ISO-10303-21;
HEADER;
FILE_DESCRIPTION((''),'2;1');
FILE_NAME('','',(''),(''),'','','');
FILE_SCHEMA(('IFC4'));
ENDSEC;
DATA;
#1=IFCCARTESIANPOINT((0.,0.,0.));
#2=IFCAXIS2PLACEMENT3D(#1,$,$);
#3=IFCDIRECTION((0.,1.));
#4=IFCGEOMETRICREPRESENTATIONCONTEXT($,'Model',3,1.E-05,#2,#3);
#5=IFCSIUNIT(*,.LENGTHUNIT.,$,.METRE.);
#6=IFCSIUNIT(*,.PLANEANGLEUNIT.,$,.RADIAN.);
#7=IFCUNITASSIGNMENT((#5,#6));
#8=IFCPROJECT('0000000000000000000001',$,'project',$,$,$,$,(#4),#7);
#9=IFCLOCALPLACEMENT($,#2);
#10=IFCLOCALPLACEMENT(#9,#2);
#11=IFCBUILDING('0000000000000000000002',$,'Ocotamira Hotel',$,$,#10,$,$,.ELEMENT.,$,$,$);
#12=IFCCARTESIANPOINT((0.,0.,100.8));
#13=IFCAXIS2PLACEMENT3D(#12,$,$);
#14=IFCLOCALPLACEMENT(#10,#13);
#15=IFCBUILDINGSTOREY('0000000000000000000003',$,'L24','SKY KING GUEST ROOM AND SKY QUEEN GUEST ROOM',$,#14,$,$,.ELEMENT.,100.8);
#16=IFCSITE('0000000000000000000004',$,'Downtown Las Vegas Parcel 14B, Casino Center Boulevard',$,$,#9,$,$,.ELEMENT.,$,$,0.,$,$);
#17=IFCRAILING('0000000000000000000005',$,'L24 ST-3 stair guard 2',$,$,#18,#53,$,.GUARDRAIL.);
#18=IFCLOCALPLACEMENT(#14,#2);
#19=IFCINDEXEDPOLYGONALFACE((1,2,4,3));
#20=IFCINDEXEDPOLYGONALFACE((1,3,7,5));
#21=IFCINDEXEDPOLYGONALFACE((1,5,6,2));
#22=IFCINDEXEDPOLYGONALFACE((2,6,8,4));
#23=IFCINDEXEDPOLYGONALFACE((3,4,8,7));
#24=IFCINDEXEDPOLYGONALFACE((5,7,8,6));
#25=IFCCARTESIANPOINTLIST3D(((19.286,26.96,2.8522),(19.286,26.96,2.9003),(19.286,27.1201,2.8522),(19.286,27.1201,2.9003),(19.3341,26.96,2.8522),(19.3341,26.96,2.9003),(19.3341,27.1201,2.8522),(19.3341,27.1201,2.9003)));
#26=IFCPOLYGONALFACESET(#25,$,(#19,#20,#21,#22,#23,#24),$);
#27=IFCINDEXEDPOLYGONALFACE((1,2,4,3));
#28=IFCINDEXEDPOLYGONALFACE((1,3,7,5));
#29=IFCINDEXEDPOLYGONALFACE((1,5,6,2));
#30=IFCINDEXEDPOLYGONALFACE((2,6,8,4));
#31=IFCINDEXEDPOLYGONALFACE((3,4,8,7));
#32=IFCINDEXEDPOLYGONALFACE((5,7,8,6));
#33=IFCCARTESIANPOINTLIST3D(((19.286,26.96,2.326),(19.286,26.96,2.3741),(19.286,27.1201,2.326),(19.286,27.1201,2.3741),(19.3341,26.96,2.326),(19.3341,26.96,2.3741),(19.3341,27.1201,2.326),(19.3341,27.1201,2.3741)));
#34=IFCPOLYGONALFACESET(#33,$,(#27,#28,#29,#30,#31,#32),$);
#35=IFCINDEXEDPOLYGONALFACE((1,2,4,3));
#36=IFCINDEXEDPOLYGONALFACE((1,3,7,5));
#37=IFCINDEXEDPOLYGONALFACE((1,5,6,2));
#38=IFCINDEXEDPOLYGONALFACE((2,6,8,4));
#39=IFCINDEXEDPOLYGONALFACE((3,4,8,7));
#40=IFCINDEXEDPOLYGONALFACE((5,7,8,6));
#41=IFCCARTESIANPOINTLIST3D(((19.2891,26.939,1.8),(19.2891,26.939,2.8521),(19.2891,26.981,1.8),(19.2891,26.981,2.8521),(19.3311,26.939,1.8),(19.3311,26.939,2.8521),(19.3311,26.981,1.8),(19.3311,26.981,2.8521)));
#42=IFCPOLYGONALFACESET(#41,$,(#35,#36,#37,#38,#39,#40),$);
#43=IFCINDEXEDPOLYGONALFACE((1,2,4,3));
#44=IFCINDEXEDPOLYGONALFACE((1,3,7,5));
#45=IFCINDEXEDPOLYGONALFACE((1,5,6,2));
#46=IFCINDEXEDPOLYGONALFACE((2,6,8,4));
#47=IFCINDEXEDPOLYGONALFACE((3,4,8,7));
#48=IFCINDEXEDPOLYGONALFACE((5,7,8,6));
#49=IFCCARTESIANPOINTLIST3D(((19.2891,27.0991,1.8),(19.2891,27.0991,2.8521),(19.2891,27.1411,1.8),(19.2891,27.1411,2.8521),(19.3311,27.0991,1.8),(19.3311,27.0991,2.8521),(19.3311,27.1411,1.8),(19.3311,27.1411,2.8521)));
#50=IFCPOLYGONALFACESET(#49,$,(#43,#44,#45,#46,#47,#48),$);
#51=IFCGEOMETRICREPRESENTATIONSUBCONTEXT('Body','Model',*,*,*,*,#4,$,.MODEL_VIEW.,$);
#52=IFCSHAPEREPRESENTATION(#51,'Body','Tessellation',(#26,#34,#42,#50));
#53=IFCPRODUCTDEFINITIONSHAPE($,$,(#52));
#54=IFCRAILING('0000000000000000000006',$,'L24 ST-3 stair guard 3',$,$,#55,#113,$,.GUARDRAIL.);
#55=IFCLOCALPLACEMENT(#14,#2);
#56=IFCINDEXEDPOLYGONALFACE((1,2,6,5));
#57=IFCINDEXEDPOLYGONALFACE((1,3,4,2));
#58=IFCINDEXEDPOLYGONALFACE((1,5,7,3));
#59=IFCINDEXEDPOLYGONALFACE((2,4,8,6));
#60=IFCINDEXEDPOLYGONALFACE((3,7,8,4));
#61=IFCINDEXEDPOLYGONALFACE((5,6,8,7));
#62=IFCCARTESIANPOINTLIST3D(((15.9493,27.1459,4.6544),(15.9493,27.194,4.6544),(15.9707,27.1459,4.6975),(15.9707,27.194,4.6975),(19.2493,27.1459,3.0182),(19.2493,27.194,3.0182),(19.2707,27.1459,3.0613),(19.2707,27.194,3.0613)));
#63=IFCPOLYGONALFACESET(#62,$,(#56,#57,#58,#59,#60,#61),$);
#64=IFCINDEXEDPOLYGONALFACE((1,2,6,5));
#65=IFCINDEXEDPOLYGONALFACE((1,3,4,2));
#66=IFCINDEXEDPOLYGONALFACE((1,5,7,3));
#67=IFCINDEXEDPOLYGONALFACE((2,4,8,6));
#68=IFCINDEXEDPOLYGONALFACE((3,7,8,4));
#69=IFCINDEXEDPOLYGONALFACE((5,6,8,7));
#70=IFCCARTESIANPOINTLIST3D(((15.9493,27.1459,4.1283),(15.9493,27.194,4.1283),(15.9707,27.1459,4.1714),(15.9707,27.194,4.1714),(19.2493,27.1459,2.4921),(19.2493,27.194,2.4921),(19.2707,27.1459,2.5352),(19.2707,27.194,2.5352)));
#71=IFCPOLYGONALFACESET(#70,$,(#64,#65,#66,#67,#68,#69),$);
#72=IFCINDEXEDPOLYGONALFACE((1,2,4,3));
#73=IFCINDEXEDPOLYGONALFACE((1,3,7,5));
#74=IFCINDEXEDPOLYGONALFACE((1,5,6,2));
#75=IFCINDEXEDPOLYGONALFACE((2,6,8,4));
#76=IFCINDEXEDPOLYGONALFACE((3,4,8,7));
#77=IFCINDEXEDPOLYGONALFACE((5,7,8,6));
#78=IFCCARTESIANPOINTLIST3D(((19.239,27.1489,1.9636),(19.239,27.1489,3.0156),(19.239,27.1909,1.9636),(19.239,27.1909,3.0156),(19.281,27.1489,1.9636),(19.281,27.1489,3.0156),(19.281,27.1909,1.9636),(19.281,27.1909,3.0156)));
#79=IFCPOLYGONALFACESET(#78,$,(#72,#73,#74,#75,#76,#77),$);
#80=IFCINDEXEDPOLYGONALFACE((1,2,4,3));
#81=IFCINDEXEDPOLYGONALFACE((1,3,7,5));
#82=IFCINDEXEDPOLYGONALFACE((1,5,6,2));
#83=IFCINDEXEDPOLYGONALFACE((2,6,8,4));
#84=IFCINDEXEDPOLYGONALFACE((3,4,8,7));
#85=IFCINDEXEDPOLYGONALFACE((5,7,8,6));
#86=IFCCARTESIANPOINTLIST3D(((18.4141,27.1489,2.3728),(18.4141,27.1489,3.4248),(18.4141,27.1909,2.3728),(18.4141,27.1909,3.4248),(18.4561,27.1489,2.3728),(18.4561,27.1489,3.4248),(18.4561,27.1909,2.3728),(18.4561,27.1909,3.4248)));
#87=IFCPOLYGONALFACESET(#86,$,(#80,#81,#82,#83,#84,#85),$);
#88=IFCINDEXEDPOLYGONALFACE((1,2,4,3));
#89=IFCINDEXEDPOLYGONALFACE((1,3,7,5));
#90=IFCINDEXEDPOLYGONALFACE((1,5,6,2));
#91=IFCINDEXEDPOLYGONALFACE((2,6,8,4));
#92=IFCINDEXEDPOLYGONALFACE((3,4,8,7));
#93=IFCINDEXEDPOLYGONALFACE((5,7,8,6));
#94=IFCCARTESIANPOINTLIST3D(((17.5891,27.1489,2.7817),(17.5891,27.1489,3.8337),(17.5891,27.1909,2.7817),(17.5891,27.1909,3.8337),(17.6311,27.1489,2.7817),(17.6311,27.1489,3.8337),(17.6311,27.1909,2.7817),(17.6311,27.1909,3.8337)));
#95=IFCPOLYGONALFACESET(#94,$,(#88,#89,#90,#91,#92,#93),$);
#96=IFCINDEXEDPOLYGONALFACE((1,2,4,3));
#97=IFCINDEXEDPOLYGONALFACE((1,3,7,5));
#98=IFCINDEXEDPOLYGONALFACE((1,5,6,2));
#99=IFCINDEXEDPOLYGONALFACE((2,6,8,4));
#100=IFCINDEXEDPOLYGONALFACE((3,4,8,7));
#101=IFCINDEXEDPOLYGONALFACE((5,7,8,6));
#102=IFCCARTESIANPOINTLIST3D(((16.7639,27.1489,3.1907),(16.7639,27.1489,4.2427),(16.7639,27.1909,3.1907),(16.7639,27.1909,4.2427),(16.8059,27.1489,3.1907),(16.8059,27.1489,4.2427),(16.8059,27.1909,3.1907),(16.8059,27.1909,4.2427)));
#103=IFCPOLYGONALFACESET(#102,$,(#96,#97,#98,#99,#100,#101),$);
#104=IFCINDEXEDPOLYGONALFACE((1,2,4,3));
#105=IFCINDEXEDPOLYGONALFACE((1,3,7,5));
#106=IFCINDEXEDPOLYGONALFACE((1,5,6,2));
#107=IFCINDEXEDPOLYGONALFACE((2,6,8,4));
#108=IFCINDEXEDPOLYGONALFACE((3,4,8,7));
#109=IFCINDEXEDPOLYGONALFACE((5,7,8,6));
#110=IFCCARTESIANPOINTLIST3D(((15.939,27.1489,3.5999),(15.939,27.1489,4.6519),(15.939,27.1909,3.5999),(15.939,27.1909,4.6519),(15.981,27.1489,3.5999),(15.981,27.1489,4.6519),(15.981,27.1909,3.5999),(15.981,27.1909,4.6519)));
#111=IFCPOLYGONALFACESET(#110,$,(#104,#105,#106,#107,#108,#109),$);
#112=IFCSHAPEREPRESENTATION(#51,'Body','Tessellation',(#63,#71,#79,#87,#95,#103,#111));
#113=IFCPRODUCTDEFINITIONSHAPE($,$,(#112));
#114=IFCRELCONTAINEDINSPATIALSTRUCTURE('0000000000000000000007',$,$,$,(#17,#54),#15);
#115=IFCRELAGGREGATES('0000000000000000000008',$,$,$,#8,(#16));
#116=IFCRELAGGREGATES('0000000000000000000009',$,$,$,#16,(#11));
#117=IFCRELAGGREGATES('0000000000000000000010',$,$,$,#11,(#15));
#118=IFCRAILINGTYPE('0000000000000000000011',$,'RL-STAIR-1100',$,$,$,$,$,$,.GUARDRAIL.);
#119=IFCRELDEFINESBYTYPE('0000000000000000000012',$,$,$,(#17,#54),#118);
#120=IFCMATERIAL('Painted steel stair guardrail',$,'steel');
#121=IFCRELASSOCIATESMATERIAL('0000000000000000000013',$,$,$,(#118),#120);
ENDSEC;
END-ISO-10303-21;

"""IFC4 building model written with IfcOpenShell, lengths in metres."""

from ifc_helpers import new_model, si_unit, direction, frame, origin, origin_2d, place, context, subcontext, project, spatial, rectangle, extrude, material, type_object, element, save


model = new_model("IFC4")

# Units and contexts
model_context = context("Model", 3, precision=1e-05, world=origin(), true_north=direction((0.0, 1.0)))
body_context = subcontext(model_context, "Body", "Model", "MODEL_VIEW")
ifc_project = project(units=[si_unit("LENGTHUNIT", "METRE"), si_unit("PLANEANGLEUNIT", "RADIAN")], contexts=[model_context])

# Site, building, storey
site_placement = place(None, origin())
site = spatial("IfcSite", under=ifc_project, at=site_placement, Name="Downtown Las Vegas Parcel 14B, Casino Center Boulevard", CompositionType="ELEMENT", RefElevation=0.0)
building_placement = place(site_placement, origin())
building = spatial("IfcBuilding", under=site, at=building_placement, Name="Ocotamira Hotel", CompositionType="ELEMENT")
storey_placement = place(building_placement, frame((0.0, 0.0, 100.8)))
storey = spatial("IfcBuildingStorey", under=building, at=storey_placement, Name="L24", Description="SKY KING GUEST ROOM AND SKY QUEEN GUEST ROOM", CompositionType="ELEMENT", Elevation=100.8)

# Railings
ifc_material_1 = material(Name="Painted steel stair guardrail", Category="steel")
railing_type_1 = type_object("IfcRailingType", Name="RL-STAIR-1100", PredefinedType="GUARDRAIL", material=ifc_material_1)
railing_1_placement = place(storey_placement, frame((19.3101, 26.96, 1.8)))
element("IfcRailing", 1, at=railing_1_placement, inside=storey, type_object=railing_type_1, Name="L24 ST-3 stair guard 2", PredefinedType="GUARDRAIL", context=body_context, shape_type="SweptSolid", body=[
    extrude(rectangle(XDim=0.0481, YDim=0.0481, at=origin_2d()), frame((0.0, 0.0, 1.0762), z_axis=(0.0, 1.0, 0.0), x_axis=(-1.0, 0.0, 0.0)), (0.0, 0.0, 1.0), 0.1602),
    extrude(rectangle(XDim=0.0481, YDim=0.0481, at=origin_2d()), frame((0.0, 0.0, 0.55), z_axis=(0.0, 1.0, 0.0), x_axis=(-1.0, 0.0, 0.0)), (0.0, 0.0, 1.0), 0.1602),
    extrude(rectangle(XDim=0.042, YDim=0.042, at=origin_2d()), origin(), (0.0, 0.0, 1.0), 1.052),
    extrude(rectangle(XDim=0.042, YDim=0.042, at=origin_2d()), frame((0.0, 0.1602, 0.0)), (0.0, 0.0, 1.0), 1.052),
])
railing_2_placement = place(storey_placement, frame((19.26, 27.1699, 1.9636)))
element("IfcRailing", 2, at=railing_2_placement, inside=storey, type_object=railing_type_1, Name="L24 ST-3 stair guard 3", PredefinedType="GUARDRAIL", context=body_context, shape_type="SweptSolid", body=[
    extrude(rectangle(XDim=0.0481, YDim=0.0481, at=origin_2d()), frame((0.0, 0.0, 1.0762), z_axis=(-0.89592, 0.0, 0.444215), x_axis=(0.0, -1.0, 0.0)), (0.0, 0.0, 1.0), 3.6833),
    extrude(rectangle(XDim=0.0481, YDim=0.0481, at=origin_2d()), frame((0.0, 0.0, 0.55), z_axis=(-0.89592, 0.0, 0.444215), x_axis=(0.0, -1.0, 0.0)), (0.0, 0.0, 1.0), 3.6833),
    extrude(rectangle(XDim=0.042, YDim=0.042, at=origin_2d()), origin(), (0.0, 0.0, 1.0), 1.052),
    extrude(rectangle(XDim=0.042, YDim=0.042, at=origin_2d()), frame((-0.825, 0.0, 0.4092)), (0.0, 0.0, 1.0), 1.052),
    extrude(rectangle(XDim=0.042, YDim=0.042, at=origin_2d()), frame((-1.6499, 0.0, 0.8181)), (0.0, 0.0, 1.0), 1.052),
    extrude(rectangle(XDim=0.042, YDim=0.042, at=origin_2d()), frame((-2.4751, 0.0, 1.2271)), (0.0, 0.0, 1.0), 1.052),
    extrude(rectangle(XDim=0.042, YDim=0.042, at=origin_2d()), frame((-3.3, 0.0, 1.6362)), (0.0, 0.0, 1.0), 1.052),
])

save(model, "model.ifc")
